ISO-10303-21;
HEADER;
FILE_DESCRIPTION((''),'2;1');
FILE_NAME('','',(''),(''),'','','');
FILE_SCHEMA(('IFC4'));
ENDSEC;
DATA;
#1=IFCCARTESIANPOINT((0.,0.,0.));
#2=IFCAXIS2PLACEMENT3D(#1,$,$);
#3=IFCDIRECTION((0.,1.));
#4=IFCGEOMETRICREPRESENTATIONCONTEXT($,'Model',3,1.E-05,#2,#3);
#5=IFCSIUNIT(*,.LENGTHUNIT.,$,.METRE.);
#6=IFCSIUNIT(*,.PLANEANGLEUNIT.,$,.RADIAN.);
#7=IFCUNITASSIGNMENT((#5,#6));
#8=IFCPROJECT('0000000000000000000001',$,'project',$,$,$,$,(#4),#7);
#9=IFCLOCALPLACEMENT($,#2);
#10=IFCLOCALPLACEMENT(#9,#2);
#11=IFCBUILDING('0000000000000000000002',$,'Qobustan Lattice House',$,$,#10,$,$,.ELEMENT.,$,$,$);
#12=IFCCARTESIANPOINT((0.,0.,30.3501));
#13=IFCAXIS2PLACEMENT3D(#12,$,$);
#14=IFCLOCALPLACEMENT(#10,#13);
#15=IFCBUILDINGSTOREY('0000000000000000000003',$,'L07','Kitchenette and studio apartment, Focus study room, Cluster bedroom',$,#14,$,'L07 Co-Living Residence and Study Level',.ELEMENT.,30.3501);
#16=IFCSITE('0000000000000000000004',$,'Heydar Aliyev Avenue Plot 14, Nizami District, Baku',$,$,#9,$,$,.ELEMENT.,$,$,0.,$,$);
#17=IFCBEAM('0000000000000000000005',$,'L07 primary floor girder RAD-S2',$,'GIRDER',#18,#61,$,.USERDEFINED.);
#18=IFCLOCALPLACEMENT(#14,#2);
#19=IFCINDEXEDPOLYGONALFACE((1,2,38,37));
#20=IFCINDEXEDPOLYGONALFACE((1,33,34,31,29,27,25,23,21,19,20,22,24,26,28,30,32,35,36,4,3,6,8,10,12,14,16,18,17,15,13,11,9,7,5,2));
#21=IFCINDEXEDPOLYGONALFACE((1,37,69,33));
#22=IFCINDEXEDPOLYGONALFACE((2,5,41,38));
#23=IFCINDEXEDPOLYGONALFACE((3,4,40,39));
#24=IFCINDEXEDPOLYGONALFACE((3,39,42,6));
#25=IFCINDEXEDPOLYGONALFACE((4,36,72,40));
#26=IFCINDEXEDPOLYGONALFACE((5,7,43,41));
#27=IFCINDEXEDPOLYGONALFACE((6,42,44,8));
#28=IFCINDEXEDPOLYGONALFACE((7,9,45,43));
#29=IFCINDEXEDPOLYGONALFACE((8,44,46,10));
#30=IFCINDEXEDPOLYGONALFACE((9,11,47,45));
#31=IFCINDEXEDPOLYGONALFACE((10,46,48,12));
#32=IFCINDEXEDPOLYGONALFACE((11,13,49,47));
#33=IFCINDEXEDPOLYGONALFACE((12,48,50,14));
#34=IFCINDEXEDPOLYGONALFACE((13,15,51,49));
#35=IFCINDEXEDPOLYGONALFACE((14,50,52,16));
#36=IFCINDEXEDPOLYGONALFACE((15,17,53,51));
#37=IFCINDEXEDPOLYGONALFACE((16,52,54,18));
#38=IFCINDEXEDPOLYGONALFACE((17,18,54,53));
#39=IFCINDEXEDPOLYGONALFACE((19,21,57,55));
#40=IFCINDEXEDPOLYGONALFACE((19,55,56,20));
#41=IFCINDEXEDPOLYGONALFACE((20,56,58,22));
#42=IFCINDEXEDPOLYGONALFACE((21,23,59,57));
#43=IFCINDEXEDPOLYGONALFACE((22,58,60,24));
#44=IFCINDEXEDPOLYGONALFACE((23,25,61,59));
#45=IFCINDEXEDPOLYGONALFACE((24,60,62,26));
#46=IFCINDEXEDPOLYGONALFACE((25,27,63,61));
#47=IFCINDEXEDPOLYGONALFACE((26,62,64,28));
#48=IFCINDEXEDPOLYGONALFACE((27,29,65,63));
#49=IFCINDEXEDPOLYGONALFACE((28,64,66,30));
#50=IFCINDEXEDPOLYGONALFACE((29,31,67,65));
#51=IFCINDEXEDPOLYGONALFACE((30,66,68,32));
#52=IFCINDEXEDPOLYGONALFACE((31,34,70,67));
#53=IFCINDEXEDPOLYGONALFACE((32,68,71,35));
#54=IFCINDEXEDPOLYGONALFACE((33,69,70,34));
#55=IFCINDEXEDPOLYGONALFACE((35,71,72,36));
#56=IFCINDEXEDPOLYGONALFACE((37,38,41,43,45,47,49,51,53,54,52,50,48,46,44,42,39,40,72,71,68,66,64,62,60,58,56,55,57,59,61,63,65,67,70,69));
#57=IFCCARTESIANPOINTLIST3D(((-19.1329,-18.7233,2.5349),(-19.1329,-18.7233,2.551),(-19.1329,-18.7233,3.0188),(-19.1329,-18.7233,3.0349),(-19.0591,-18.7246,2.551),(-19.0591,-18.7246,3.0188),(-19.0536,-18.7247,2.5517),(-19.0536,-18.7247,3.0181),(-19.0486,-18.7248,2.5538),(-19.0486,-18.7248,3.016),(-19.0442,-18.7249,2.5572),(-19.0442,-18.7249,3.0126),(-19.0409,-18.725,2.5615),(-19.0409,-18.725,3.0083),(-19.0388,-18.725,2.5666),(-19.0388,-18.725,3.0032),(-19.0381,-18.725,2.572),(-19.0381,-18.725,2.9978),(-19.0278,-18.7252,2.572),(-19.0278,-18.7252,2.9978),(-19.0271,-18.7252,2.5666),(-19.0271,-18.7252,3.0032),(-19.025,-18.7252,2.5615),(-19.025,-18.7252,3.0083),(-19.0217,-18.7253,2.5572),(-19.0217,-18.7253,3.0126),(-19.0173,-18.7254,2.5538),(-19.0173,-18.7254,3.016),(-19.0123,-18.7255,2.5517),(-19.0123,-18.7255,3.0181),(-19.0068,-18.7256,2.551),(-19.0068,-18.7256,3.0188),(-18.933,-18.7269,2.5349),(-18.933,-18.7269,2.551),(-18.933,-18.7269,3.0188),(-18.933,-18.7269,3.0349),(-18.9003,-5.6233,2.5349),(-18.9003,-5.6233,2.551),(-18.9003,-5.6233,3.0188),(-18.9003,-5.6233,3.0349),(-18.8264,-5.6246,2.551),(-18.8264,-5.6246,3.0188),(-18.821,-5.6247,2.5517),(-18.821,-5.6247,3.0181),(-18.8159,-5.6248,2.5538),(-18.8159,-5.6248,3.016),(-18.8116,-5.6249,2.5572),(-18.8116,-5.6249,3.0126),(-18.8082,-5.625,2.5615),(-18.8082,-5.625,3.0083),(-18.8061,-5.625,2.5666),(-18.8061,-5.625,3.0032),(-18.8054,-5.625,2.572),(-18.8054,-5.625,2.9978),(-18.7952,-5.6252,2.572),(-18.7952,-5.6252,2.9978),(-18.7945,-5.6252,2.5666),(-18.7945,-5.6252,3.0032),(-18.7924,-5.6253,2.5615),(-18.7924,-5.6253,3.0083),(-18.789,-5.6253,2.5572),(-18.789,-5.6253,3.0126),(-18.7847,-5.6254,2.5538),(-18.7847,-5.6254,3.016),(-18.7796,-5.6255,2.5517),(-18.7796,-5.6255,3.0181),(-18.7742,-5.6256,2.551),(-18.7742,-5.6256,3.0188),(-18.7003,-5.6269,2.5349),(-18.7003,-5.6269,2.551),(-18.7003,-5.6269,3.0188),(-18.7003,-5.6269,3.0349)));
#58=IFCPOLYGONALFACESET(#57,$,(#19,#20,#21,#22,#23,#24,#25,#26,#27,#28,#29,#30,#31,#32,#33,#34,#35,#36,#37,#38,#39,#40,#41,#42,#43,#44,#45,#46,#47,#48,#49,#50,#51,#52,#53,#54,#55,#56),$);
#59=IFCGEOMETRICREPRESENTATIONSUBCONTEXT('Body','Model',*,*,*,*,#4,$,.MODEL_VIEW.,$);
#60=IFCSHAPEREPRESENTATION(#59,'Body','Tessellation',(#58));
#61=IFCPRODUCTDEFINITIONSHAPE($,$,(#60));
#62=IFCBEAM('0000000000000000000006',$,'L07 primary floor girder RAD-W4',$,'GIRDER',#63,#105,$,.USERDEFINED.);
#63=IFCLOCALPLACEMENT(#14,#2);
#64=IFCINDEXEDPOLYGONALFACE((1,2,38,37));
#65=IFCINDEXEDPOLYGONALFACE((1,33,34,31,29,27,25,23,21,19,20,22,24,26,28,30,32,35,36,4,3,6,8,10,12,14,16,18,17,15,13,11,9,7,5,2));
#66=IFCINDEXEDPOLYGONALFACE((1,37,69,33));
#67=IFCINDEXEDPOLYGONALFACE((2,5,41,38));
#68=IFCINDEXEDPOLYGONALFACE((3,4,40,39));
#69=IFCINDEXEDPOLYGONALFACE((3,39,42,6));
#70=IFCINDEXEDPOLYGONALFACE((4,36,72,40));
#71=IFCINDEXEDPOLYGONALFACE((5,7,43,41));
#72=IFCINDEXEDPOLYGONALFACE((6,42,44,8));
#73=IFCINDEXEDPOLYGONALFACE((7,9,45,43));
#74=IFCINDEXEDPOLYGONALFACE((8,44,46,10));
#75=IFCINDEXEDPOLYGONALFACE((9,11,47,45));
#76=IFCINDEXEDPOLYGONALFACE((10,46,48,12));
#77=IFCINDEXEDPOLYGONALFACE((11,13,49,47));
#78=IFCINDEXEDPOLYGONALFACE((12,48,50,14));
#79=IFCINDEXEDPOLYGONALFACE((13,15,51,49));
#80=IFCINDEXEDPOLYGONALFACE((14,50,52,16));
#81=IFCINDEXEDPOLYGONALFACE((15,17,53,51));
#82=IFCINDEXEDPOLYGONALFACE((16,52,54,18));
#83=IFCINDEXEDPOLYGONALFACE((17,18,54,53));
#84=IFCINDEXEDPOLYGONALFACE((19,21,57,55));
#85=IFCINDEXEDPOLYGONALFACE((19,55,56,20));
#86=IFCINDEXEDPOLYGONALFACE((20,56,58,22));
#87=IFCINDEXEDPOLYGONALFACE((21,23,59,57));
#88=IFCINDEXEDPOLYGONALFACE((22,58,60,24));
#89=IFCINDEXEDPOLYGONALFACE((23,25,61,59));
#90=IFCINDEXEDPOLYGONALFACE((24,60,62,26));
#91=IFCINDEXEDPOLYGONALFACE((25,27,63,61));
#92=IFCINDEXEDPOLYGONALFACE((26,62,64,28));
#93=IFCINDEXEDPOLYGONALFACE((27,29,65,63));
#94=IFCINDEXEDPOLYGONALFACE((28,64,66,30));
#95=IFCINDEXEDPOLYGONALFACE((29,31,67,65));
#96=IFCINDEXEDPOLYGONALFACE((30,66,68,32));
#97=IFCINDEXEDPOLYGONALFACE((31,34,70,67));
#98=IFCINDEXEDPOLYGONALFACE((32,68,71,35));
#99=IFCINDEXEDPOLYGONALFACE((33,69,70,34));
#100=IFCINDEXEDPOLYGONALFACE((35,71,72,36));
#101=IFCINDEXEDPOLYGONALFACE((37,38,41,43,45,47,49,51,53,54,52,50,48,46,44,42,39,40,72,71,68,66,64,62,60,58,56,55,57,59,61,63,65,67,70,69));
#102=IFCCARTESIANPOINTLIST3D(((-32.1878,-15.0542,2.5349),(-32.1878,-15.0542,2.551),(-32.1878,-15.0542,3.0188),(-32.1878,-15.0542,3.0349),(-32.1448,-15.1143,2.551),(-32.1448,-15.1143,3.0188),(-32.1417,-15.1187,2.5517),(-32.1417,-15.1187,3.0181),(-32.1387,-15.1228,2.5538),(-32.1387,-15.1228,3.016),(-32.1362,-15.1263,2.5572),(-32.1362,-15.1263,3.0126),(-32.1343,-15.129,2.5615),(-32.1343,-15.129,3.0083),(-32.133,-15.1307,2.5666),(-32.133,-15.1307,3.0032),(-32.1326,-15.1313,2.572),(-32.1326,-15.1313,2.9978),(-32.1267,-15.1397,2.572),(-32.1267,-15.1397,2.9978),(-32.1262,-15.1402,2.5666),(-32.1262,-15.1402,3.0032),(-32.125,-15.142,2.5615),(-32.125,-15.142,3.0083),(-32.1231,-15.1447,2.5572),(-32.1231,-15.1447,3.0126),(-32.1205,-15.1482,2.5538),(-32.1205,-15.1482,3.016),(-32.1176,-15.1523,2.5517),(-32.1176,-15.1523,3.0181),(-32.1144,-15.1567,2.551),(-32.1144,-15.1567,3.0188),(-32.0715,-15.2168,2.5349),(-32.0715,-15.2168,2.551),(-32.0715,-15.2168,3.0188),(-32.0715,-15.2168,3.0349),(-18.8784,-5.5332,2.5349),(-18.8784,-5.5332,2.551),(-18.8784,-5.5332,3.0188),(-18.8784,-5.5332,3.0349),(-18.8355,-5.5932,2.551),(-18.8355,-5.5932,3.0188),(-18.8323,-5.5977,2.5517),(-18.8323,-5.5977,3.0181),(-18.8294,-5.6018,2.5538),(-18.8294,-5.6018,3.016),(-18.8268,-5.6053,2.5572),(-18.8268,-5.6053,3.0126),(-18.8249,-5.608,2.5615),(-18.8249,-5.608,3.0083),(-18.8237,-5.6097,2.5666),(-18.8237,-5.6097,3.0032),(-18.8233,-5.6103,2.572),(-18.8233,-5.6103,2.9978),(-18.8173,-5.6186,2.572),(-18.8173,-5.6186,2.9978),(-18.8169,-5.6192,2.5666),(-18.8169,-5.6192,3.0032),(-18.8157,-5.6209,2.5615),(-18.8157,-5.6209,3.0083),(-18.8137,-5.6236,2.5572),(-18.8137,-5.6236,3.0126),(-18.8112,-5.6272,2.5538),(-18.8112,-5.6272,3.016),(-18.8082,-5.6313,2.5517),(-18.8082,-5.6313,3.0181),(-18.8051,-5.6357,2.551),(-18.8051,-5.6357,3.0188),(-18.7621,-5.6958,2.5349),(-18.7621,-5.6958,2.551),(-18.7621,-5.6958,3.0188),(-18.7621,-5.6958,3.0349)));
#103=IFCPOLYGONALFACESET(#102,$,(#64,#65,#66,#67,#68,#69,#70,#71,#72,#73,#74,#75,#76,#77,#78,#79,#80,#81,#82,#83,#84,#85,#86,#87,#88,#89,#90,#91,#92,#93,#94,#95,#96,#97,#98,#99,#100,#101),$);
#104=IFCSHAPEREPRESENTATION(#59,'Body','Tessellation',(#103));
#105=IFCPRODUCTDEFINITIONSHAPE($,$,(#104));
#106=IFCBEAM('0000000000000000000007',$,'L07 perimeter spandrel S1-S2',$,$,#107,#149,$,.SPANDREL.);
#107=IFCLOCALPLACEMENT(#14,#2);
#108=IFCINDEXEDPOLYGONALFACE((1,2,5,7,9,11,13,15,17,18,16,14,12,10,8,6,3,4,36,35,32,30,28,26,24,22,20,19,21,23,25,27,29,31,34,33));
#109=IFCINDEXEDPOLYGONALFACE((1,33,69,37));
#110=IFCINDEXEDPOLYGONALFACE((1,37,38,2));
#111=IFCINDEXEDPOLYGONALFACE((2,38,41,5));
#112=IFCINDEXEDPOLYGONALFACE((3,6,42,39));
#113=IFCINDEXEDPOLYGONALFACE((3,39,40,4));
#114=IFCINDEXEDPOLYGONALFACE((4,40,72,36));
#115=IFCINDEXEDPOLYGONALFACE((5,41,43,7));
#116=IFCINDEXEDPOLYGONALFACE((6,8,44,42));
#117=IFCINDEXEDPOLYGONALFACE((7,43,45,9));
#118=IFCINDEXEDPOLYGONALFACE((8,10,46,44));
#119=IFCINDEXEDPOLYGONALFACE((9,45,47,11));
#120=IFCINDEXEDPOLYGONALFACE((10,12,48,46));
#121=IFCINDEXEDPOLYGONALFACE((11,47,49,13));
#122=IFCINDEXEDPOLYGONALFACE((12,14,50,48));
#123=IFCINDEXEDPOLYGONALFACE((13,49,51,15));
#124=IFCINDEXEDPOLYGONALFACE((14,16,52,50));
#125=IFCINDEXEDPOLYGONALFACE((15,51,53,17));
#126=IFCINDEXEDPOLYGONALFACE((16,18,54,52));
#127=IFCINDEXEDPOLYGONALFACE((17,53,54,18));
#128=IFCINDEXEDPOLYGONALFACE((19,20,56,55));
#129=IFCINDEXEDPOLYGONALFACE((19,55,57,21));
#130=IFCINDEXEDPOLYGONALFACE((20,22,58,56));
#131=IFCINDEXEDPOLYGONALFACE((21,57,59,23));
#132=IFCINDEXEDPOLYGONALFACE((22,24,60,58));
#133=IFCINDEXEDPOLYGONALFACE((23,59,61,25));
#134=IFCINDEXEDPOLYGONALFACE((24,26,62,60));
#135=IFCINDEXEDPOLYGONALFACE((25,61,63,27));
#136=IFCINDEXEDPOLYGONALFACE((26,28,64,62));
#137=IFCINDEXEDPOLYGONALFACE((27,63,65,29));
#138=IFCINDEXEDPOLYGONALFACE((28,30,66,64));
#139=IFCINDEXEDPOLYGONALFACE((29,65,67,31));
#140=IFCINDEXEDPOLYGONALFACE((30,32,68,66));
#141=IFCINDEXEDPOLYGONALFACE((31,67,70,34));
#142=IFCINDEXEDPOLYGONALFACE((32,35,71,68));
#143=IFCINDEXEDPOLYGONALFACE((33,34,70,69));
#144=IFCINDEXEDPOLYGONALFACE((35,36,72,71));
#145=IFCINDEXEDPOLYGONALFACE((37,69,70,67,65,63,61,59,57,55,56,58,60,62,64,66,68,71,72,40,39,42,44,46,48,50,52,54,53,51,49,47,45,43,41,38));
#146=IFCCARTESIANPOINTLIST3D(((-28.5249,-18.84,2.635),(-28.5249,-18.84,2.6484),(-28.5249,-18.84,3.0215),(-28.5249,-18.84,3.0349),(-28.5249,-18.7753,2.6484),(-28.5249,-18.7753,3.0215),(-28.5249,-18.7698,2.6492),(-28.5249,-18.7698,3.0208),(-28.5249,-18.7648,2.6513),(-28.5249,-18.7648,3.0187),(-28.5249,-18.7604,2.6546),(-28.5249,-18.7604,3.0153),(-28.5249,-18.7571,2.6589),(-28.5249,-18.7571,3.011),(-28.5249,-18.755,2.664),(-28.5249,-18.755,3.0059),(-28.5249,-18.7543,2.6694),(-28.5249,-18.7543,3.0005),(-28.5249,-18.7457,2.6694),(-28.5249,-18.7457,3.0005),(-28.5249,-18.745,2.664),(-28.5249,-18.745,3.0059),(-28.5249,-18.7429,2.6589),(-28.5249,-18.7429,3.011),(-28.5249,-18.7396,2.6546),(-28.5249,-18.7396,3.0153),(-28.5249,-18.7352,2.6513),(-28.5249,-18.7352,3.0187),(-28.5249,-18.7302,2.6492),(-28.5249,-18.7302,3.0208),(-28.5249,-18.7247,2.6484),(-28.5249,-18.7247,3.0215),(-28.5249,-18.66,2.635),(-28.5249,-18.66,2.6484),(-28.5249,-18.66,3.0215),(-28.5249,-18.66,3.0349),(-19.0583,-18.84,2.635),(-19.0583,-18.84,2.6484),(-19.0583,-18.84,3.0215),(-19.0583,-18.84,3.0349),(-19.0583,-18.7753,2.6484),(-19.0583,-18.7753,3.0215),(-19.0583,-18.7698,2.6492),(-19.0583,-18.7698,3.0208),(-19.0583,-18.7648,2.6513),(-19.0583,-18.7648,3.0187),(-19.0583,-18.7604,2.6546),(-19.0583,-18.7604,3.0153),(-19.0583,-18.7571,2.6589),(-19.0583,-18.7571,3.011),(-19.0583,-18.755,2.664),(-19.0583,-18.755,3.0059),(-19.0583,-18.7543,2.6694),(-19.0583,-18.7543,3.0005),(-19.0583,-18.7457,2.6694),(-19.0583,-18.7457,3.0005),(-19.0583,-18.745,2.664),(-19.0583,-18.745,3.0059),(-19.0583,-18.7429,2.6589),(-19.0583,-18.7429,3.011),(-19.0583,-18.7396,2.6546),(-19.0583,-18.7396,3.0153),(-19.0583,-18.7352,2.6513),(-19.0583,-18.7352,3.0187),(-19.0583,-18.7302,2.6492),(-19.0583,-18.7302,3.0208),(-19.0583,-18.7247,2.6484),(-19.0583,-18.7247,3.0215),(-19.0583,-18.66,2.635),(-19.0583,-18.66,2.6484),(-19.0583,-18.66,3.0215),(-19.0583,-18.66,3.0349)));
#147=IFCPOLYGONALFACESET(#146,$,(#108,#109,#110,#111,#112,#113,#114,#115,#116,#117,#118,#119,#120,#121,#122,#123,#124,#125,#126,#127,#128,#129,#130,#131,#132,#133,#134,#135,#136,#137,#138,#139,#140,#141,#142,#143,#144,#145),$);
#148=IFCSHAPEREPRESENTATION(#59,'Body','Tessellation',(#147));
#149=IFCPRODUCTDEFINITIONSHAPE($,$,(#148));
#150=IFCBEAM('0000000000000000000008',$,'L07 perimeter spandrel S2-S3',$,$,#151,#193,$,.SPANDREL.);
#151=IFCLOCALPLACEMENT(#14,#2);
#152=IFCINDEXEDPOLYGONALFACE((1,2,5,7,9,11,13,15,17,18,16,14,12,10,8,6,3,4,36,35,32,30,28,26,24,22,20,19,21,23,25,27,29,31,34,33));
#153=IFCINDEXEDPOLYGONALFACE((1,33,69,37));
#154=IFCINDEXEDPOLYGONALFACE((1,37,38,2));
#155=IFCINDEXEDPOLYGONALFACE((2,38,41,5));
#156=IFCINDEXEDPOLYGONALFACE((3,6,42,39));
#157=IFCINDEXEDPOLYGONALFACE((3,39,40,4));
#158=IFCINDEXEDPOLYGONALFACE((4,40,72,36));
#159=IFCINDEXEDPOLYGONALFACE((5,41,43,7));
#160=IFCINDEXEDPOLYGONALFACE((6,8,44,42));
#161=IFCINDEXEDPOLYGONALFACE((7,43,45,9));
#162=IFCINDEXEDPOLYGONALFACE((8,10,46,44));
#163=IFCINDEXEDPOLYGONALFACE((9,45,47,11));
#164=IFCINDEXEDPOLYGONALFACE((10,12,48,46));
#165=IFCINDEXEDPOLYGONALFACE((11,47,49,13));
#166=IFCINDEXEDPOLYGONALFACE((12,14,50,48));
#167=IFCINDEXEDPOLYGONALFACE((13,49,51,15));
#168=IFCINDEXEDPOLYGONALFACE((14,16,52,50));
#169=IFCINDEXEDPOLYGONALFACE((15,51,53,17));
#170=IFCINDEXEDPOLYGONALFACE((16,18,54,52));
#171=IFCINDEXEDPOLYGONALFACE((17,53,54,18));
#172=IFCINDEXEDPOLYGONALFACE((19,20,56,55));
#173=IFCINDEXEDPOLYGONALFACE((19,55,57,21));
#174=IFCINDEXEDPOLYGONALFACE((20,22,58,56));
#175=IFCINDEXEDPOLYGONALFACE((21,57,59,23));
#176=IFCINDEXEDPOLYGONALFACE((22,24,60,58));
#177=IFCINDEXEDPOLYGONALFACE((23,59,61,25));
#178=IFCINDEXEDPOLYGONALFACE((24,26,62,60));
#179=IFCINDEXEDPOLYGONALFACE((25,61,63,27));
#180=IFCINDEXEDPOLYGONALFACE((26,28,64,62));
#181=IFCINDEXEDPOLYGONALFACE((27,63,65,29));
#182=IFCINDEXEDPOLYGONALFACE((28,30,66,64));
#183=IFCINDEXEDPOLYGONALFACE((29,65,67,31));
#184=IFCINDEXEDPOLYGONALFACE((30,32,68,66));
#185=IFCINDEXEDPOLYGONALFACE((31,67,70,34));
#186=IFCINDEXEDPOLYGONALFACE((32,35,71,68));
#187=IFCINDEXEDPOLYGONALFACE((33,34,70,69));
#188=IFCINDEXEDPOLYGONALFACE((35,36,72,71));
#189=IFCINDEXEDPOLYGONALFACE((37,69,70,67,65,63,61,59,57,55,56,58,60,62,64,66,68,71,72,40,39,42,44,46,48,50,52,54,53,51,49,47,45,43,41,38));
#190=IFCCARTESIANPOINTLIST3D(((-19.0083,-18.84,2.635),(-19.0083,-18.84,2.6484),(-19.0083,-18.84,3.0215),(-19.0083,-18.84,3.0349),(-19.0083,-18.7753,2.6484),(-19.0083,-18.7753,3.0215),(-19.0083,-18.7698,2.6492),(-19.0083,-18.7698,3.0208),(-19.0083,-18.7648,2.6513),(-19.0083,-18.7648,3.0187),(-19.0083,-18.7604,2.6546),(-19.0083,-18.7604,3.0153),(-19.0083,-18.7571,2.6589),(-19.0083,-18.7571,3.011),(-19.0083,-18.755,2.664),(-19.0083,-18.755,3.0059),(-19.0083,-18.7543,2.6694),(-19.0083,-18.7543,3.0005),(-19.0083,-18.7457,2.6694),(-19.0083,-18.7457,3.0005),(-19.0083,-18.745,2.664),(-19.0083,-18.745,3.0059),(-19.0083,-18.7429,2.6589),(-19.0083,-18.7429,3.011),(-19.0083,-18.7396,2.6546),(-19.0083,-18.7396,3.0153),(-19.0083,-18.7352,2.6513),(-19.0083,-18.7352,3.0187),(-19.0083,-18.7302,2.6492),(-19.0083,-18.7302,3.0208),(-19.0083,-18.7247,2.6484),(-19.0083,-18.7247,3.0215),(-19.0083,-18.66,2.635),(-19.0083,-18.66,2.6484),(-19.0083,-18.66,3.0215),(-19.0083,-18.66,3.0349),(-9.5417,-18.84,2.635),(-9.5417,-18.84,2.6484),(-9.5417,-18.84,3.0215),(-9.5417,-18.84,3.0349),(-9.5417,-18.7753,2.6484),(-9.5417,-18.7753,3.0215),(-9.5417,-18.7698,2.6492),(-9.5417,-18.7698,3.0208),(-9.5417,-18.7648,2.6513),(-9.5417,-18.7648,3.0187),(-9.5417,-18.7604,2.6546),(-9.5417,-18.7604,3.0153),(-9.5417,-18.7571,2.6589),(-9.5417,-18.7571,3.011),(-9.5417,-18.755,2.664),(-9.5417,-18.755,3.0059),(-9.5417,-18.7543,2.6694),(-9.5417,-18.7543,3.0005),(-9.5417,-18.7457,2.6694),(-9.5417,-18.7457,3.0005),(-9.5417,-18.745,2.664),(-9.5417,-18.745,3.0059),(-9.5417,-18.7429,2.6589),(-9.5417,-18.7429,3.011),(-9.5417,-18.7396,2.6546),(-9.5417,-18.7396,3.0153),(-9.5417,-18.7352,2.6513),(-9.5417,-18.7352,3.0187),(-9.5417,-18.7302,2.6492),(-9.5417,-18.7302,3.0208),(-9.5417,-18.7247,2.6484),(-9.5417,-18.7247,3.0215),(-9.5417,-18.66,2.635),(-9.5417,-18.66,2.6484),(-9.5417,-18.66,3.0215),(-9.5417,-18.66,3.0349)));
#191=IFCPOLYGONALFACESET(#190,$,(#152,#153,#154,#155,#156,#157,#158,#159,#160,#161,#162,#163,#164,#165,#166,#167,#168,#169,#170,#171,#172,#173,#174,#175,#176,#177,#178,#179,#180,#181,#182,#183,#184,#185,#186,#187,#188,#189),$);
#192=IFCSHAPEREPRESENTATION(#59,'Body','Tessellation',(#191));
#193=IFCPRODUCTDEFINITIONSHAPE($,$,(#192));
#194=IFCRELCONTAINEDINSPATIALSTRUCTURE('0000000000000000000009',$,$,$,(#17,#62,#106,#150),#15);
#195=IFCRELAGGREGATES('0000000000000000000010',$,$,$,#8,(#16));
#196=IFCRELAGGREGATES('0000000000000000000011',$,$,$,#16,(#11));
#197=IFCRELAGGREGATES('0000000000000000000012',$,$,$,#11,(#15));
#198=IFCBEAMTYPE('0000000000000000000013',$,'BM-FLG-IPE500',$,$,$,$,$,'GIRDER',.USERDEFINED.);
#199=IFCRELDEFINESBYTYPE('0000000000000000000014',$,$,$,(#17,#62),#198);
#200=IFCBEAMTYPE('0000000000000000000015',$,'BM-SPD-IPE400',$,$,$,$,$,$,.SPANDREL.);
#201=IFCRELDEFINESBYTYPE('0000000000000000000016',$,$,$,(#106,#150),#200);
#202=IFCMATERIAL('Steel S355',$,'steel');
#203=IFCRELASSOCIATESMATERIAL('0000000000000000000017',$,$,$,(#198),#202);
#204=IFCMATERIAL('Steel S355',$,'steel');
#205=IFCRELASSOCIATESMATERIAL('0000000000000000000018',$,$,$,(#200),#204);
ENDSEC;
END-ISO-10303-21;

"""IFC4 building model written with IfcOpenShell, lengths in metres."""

from ifc_helpers import new_model, si_unit, direction, frame, origin, origin_2d, place, context, subcontext, project, spatial, i_section, extrude, material, material_profile, profile_set, type_object, element, save


model = new_model("IFC4")

# Units and contexts
model_context = context("Model", 3, precision=1e-05, world=origin(), true_north=direction((0.0, 1.0)))
body_context = subcontext(model_context, "Body", "Model", "MODEL_VIEW")
ifc_project = project(units=[si_unit("LENGTHUNIT", "METRE"), si_unit("PLANEANGLEUNIT", "RADIAN")], contexts=[model_context])

# Site, building, storey
site_placement = place(None, origin())
site = spatial("IfcSite", under=ifc_project, at=site_placement, Name="Heydar Aliyev Avenue Plot 14, Nizami District, Baku", CompositionType="ELEMENT", RefElevation=0.0)
building_placement = place(site_placement, origin())
building = spatial("IfcBuilding", under=site, at=building_placement, Name="Qobustan Lattice House", CompositionType="ELEMENT")
storey_placement = place(building_placement, frame((0.0, 0.0, 30.3501)))
storey = spatial("IfcBuildingStorey", under=building, at=storey_placement, Name="L07", Description="Kitchenette and studio apartment, Focus study room, Cluster bedroom", LongName="L07 Co-Living Residence and Study Level", CompositionType="ELEMENT", Elevation=30.3501)

# Beams
ifc_material_1 = material(Name="Steel S355", Category="steel")
ifc_material_profile_1 = material_profile(ifc_material_1, i_section(OverallWidth=0.2, OverallDepth=0.5, WebThickness=0.0103, FlangeThickness=0.0161, FilletRadius=0.021, at=origin_2d()), Name="IPE500")
ifc_profile_set_1 = profile_set([ifc_material_profile_1], Name="Steel S355")
beam_type_1 = type_object("IfcBeamType", Name="BM-FLG-IPE500", ElementType="GIRDER", PredefinedType="USERDEFINED", material=ifc_profile_set_1)
beam_1_placement = place(storey_placement, frame((-19.033, -18.7251, 2.7849), z_axis=(0.017758, 0.999842, 0.0), x_axis=(-0.999842, 0.017758, 0.0)))
element("IfcBeam", 1, at=beam_1_placement, inside=storey, type_object=beam_type_1, Name="L07 primary floor girder RAD-S2", ObjectType="GIRDER", PredefinedType="USERDEFINED", context=body_context, shape_type="SweptSolid", body=[
    extrude(i_section(OverallWidth=0.2, OverallDepth=0.5, WebThickness=0.0103, FlangeThickness=0.0161, FilletRadius=0.021, at=origin_2d()), origin(), (0.0, 0.0, 1.0), 13.1021),
])
beam_2_placement = place(storey_placement, frame((-32.1296, -15.1355, 2.7849), z_axis=(0.813319, 0.581818, 0.0), x_axis=(-0.581818, 0.813319, 0.0)))
element("IfcBeam", 2, at=beam_2_placement, inside=storey, type_object=beam_type_1, Name="L07 primary floor girder RAD-W4", ObjectType="GIRDER", PredefinedType="USERDEFINED", context=body_context, shape_type="SweptSolid", body=[
    extrude(i_section(OverallWidth=0.2, OverallDepth=0.5, WebThickness=0.0103, FlangeThickness=0.0161, FilletRadius=0.021, at=origin_2d()), origin(), (0.0, 0.0, 1.0), 16.3643),
])
ifc_material_2 = material(Name="Steel S355", Category="steel")
ifc_material_profile_2 = material_profile(ifc_material_2, i_section(OverallWidth=0.1799, OverallDepth=0.3999, WebThickness=0.0085, FlangeThickness=0.0134, FilletRadius=0.021, at=origin_2d()), Name="IPE400")
ifc_profile_set_2 = profile_set([ifc_material_profile_2], Name="Steel S355")
beam_type_2 = type_object("IfcBeamType", Name="BM-SPD-IPE400", PredefinedType="SPANDREL", material=ifc_profile_set_2)
for number, where, z_axis, x_axis, name in (
    (3, (-28.5249, -18.75, 2.835), (1.0, 0.0, 0.0), (0.0, 1.0, 0.0), "L07 perimeter spandrel S1-S2"),
    (4, (-19.0083, -18.75, 2.835), (1.0, 0.0, 0.0), (0.0, 1.0, 0.0), "L07 perimeter spandrel S2-S3"),
):
    element("IfcBeam", number, at=place(storey_placement, frame(where, z_axis=z_axis, x_axis=x_axis)), inside=storey, type_object=beam_type_2, Name=name, PredefinedType="SPANDREL", context=body_context, shape_type="SweptSolid", body=[
        extrude(i_section(OverallWidth=0.1799, OverallDepth=0.3999, WebThickness=0.0085, FlangeThickness=0.0134, FilletRadius=0.021, at=origin_2d()), origin(), (0.0, 0.0, 1.0), 9.4666),
    ])

save(model, "model.ifc")
